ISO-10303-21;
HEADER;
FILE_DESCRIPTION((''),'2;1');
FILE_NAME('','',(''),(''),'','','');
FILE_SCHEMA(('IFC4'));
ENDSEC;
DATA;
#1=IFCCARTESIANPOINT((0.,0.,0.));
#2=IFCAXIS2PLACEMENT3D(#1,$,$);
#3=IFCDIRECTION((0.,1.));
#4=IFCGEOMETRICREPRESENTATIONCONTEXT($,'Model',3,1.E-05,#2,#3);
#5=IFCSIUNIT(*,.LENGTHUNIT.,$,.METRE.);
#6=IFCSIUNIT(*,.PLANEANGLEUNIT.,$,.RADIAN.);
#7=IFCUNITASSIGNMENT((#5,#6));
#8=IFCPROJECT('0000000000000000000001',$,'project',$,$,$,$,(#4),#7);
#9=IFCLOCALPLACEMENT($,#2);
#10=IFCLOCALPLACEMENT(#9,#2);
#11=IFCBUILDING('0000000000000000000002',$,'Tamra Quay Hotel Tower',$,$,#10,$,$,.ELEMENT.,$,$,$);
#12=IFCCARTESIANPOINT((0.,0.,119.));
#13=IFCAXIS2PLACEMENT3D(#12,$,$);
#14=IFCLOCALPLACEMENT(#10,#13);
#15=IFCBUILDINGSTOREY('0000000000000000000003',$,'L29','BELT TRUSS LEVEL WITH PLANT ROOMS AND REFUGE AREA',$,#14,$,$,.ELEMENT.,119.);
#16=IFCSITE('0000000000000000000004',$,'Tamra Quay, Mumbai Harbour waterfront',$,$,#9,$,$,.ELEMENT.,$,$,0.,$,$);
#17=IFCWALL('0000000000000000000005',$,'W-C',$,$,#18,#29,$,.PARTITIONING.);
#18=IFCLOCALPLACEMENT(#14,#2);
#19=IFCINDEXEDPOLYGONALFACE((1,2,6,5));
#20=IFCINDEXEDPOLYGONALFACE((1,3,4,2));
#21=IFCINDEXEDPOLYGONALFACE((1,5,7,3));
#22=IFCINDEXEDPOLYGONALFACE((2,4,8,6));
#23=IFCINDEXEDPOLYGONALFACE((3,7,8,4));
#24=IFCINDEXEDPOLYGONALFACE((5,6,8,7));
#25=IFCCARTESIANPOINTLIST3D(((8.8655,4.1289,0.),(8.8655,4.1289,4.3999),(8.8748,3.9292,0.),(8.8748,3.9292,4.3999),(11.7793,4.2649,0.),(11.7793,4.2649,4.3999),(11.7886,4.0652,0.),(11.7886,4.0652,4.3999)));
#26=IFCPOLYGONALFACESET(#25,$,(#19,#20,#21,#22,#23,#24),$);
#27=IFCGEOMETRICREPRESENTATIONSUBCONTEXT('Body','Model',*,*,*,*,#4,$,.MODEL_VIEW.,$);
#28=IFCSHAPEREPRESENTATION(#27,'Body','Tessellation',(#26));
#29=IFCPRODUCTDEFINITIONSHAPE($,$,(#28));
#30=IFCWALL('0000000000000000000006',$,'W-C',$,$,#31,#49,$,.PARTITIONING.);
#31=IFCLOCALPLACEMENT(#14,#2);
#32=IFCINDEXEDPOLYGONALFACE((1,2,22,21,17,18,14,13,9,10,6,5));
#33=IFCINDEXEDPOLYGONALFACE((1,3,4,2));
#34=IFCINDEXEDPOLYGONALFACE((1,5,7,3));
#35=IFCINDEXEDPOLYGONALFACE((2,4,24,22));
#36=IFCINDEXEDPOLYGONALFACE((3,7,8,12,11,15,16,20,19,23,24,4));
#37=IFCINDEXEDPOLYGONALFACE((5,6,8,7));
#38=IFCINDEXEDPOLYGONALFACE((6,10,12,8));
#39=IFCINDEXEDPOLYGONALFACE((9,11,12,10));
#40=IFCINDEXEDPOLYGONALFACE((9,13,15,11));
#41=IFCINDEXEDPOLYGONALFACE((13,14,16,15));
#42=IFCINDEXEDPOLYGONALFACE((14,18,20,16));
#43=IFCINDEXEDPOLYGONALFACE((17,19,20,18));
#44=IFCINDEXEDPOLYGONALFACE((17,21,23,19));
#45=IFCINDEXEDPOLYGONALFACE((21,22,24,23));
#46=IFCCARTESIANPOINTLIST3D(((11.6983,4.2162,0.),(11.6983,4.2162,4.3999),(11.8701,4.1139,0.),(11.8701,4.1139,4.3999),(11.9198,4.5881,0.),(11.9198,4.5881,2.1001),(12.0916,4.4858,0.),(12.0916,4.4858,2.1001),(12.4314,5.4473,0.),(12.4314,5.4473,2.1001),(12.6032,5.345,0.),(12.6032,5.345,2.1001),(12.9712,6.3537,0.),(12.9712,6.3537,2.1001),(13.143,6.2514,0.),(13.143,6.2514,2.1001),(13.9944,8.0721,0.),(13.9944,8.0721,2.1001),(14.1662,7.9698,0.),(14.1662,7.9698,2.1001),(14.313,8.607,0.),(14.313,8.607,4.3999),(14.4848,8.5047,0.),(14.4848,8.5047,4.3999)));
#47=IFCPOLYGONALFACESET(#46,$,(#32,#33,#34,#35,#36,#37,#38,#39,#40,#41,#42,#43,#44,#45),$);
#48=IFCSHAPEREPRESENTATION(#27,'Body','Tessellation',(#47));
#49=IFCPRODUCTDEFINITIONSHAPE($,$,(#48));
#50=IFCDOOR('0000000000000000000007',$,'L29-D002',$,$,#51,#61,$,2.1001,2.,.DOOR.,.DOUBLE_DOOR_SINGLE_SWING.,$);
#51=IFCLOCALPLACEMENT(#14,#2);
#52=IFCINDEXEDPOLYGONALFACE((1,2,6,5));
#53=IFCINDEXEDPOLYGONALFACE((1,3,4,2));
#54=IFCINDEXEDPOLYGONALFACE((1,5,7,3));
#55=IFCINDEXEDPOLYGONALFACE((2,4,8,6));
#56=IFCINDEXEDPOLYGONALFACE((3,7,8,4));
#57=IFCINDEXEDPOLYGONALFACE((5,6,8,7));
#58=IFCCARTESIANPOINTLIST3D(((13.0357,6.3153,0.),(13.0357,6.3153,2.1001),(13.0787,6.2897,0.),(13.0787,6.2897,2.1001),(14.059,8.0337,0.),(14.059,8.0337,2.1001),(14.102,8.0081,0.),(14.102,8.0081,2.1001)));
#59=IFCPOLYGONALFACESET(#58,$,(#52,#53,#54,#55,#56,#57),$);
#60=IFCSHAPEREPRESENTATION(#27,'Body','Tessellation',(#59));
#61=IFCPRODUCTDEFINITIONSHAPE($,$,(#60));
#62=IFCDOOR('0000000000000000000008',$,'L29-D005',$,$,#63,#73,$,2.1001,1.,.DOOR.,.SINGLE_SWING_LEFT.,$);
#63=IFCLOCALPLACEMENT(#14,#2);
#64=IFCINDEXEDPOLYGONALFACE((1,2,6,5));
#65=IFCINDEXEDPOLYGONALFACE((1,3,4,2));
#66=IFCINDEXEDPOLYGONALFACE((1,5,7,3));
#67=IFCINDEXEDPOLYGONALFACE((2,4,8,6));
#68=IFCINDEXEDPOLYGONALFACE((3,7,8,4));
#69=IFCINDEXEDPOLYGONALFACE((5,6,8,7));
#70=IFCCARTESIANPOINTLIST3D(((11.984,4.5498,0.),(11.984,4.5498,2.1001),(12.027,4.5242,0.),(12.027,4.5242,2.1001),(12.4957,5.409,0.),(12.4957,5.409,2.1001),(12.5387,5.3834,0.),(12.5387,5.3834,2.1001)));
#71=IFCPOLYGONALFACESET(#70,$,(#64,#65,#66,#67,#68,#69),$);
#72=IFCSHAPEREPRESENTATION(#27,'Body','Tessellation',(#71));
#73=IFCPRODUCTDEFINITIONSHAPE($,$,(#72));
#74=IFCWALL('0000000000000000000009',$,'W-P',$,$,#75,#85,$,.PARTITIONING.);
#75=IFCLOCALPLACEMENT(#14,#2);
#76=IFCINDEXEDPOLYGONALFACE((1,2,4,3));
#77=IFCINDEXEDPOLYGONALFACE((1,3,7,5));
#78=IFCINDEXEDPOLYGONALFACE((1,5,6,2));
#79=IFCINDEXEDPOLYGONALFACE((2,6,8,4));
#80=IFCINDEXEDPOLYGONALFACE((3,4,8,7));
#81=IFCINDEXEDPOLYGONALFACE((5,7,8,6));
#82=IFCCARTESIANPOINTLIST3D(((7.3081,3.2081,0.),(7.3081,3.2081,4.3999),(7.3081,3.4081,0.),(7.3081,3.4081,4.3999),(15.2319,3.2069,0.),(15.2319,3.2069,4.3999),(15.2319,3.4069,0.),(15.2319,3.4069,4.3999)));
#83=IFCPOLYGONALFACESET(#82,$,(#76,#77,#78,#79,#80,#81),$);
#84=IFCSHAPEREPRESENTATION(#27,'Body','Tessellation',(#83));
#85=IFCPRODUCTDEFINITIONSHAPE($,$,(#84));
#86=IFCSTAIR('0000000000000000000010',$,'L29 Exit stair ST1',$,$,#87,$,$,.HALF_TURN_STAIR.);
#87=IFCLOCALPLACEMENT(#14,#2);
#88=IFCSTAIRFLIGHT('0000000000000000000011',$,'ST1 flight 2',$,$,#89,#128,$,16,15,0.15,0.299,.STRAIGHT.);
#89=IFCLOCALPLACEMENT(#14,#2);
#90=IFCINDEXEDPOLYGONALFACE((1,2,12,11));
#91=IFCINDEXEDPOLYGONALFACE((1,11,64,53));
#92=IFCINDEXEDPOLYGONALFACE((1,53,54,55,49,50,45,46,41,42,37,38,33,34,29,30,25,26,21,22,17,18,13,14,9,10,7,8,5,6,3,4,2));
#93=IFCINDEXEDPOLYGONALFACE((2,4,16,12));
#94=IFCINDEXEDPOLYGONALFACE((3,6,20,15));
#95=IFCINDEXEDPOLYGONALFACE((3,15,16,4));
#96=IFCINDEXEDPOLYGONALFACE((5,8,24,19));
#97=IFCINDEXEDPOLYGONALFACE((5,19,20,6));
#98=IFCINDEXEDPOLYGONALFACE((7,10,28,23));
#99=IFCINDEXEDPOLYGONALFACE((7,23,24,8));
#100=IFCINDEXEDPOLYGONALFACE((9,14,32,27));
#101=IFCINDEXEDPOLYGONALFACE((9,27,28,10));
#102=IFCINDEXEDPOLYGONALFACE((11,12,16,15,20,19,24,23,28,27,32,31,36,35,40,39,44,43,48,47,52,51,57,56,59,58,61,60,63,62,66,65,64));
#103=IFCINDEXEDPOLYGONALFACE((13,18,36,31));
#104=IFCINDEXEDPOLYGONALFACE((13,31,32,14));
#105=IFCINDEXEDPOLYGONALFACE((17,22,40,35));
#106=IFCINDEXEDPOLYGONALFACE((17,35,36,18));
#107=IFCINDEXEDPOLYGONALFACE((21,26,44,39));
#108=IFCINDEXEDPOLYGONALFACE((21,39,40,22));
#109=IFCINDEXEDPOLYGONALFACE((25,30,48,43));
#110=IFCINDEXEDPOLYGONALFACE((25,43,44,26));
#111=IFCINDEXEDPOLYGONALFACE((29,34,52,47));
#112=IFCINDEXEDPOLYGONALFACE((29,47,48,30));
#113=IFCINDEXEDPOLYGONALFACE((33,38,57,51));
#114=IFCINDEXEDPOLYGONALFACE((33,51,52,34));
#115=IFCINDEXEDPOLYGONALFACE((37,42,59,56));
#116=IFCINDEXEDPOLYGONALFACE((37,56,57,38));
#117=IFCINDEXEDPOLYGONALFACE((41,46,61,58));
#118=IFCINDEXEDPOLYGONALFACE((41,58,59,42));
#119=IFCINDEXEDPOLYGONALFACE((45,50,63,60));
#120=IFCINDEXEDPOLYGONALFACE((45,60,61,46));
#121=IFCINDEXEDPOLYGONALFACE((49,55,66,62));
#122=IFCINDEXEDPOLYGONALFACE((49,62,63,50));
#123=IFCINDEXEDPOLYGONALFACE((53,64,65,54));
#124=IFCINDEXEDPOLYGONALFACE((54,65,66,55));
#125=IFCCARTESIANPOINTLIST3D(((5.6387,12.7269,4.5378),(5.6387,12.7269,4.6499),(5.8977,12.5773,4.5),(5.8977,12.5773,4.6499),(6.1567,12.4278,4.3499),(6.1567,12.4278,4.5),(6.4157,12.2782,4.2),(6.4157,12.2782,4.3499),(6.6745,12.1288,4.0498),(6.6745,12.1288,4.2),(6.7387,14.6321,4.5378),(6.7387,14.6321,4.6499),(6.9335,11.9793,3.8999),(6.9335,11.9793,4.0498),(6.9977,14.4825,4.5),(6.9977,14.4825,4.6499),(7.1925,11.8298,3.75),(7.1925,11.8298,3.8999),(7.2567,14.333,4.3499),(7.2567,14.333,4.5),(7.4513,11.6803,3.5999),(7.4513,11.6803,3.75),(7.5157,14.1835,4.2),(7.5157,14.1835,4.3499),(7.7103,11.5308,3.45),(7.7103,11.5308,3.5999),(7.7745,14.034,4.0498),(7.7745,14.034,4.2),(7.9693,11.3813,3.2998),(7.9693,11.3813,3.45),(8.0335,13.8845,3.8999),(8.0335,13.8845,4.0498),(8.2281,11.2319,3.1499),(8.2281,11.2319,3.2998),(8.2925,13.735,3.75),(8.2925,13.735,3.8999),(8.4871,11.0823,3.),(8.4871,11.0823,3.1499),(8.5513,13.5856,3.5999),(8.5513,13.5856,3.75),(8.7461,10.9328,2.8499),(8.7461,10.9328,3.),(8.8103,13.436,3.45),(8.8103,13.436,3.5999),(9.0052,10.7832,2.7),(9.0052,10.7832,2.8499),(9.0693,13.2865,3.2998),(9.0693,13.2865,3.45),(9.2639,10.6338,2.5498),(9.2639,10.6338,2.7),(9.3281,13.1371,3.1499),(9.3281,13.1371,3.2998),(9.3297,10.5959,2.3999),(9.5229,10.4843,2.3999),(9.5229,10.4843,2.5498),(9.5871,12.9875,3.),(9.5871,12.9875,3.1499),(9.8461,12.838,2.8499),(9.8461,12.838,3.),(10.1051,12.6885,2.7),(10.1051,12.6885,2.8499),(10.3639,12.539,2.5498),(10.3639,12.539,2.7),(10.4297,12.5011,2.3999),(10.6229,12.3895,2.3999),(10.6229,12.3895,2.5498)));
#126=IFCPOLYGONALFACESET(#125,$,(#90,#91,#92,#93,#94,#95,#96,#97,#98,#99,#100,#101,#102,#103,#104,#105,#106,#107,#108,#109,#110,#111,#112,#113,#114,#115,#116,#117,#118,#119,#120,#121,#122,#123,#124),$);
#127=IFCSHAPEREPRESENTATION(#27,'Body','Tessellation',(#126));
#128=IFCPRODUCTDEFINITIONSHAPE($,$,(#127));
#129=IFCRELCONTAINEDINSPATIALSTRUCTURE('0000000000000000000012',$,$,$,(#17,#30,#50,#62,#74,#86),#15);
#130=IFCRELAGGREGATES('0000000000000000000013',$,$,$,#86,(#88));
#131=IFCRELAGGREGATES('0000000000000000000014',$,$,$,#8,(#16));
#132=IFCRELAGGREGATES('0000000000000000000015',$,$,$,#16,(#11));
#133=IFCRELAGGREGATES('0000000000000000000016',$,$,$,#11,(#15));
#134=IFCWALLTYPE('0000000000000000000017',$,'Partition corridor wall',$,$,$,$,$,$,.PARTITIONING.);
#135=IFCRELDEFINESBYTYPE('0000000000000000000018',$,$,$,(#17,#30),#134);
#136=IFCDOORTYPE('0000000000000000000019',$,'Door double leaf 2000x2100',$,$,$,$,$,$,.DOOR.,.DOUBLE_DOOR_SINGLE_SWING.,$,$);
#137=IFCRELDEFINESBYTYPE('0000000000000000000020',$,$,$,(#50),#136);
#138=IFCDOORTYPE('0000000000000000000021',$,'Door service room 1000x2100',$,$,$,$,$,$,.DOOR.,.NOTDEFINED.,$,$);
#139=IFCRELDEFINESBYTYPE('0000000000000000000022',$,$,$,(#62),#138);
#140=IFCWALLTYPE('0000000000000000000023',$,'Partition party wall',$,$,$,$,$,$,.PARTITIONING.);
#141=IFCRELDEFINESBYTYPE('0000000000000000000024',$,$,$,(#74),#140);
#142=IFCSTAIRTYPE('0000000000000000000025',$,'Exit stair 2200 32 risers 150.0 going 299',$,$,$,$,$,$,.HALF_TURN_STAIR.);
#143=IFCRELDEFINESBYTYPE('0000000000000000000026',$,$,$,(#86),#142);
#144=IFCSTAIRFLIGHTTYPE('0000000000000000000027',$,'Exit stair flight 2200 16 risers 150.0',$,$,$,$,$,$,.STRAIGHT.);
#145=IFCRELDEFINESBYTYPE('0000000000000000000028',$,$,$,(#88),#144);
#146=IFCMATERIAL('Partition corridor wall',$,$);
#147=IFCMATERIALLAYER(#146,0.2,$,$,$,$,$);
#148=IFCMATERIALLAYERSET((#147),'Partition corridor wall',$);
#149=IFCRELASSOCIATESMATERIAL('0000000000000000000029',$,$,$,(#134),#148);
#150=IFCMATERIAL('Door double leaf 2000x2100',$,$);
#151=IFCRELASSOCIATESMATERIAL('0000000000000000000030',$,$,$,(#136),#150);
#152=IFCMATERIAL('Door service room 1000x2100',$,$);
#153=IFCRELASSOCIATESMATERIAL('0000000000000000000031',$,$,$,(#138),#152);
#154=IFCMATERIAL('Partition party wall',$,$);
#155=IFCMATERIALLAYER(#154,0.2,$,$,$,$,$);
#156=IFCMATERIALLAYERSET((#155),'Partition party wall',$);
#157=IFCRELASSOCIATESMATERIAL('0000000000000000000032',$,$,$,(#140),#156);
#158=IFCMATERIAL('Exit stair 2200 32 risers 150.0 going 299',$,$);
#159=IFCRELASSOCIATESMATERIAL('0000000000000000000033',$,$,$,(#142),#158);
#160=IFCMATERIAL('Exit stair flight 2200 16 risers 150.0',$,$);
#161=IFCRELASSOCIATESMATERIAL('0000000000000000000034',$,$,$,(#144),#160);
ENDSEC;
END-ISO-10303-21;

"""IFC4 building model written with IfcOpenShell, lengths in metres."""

from ifc_helpers import new_model, si_unit, direction, frame, frame_2d, origin, place, context, subcontext, project, spatial, polyline, rectangle, outline, extrude, material, layer, layer_set, type_object, element, fill, aggregate, save


model = new_model("IFC4")

# Units and contexts
model_context = context("Model", 3, precision=1e-05, world=origin(), true_north=direction((0.0, 1.0)))
body_context = subcontext(model_context, "Body", "Model", "MODEL_VIEW")
ifc_project = project(units=[si_unit("LENGTHUNIT", "METRE"), si_unit("PLANEANGLEUNIT", "RADIAN")], contexts=[model_context])

# Site, building, storey
site_placement = place(None, origin())
site = spatial("IfcSite", under=ifc_project, at=site_placement, Name="Tamra Quay, Mumbai Harbour waterfront", CompositionType="ELEMENT", RefElevation=0.0)
building_placement = place(site_placement, origin())
building = spatial("IfcBuilding", under=site, at=building_placement, Name="Tamra Quay Hotel Tower", CompositionType="ELEMENT")
storey_placement = place(building_placement, frame((0.0, 0.0, 119.0)))
storey = spatial("IfcBuildingStorey", under=building, at=storey_placement, Name="L29", Description="BELT TRUSS LEVEL WITH PLANT ROOMS AND REFUGE AREA", CompositionType="ELEMENT", Elevation=119.0)

# Wall
ifc_material_1 = material(Name="Partition corridor wall")
ifc_layer_1 = layer(ifc_material_1, 0.2)
ifc_layer_set_1 = layer_set([ifc_layer_1], Name="Partition corridor wall")
wall_type_1 = type_object("IfcWallType", Name="Partition corridor wall", PredefinedType="PARTITIONING", material=ifc_layer_set_1)
wall_1_placement = place(storey_placement, frame((8.8701, 4.0291, 0.0), z_axis=(0.0, 0.0, 1.0), x_axis=(0.998913, 0.046619, 0.0)))
element("IfcWall", 1, at=wall_1_placement, inside=storey, type_object=wall_type_1, Name="W-C", PredefinedType="PARTITIONING", context=body_context, shape_type="SweptSolid", body=[
    extrude(rectangle(XDim=2.917, YDim=0.2, at=frame_2d((1.4585, 0.0))), origin(), (0.0, 0.0, 1.0), 4.3999),
])

# Wall, openings, doors
wall_2_placement = place(storey_placement, frame((11.7842, 4.165, 0.0), z_axis=(0.0, 0.0, 1.0), x_axis=(0.511648, 0.859195, 0.0)))
wall_2 = element("IfcWall", 2, at=wall_2_placement, inside=storey, type_object=wall_type_1, Name="W-C", PredefinedType="PARTITIONING", context=body_context, shape_type="SweptSolid", body=[
    extrude(rectangle(XDim=5.1104, YDim=0.2, at=frame_2d((2.5552, 0.0))), origin(), (0.0, 0.0, 1.0), 4.3999),
])
opening_1_placement = place(wall_2_placement, frame((2.4878, 0.0, 0.0)))
opening_1 = element("IfcOpeningElement", 3, at=opening_1_placement, cuts=wall_2, PredefinedType="OPENING", context=body_context, shape_type="SweptSolid", body=[
    extrude(rectangle(XDim=2.0, YDim=2.1001, at=frame_2d((1.0, 1.05))), frame((0.0, 0.1099, 0.0), z_axis=(0.0, -1.0, 0.0), x_axis=(1.0, 0.0, 0.0)), (0.0, 0.0, 1.0), 0.22),
])
opening_2_placement = place(wall_2_placement, frame((0.4329, 0.0, 0.0)))
opening_2 = element("IfcOpeningElement", 4, at=opening_2_placement, cuts=wall_2, PredefinedType="OPENING", context=body_context, shape_type="SweptSolid", body=[
    extrude(rectangle(XDim=1.0, YDim=2.1001, at=frame_2d((0.5, 1.05))), frame((0.0, 0.1099, 0.0), z_axis=(0.0, -1.0, 0.0), x_axis=(1.0, 0.0, 0.0)), (0.0, 0.0, 1.0), 0.22),
])
ifc_material_2 = material(Name="Door double leaf 2000x2100")
door_type_1 = type_object("IfcDoorType", Name="Door double leaf 2000x2100", OperationType="DOUBLE_DOOR_SINGLE_SWING", PredefinedType="DOOR", material=ifc_material_2)
door_1_placement = place(opening_1_placement, origin())
door_1 = element("IfcDoor", 5, at=door_1_placement, inside=storey, type_object=door_type_1, Name="L29-D002", OperationType="DOUBLE_DOOR_SINGLE_SWING", OverallHeight=2.1001, OverallWidth=2.0, PredefinedType="DOOR", context=body_context, shape_type="SweptSolid", body=[
    extrude(rectangle(XDim=2.0, YDim=2.1001, at=frame_2d((1.0, 1.05))), frame((0.0, 0.0249, 0.0), z_axis=(0.0, -1.0, 0.0), x_axis=(1.0, 0.0, 0.0)), (0.0, 0.0, 1.0), 0.05),
])
fill(opening_1, door_1)
ifc_material_3 = material(Name="Door service room 1000x2100")
door_type_2 = type_object("IfcDoorType", Name="Door service room 1000x2100", OperationType="NOTDEFINED", PredefinedType="DOOR", material=ifc_material_3)
door_2_placement = place(opening_2_placement, frame((1.0, 0.0, 0.0), z_axis=(0.0, 0.0, 1.0), x_axis=(-1.0, 0.0, 0.0)))
door_2 = element("IfcDoor", 6, at=door_2_placement, inside=storey, type_object=door_type_2, Name="L29-D005", OperationType="SINGLE_SWING_LEFT", OverallHeight=2.1001, OverallWidth=1.0, PredefinedType="DOOR", context=body_context, shape_type="SweptSolid", body=[
    extrude(rectangle(XDim=1.0, YDim=2.1001, at=frame_2d((0.5, 1.05))), frame((0.0, 0.0249, 0.0), z_axis=(0.0, -1.0, 0.0), x_axis=(1.0, 0.0, 0.0)), (0.0, 0.0, 1.0), 0.05),
])
fill(opening_2, door_2)

# Wall
ifc_material_4 = material(Name="Partition party wall")
ifc_layer_2 = layer(ifc_material_4, 0.2)
ifc_layer_set_2 = layer_set([ifc_layer_2], Name="Partition party wall")
wall_type_2 = type_object("IfcWallType", Name="Partition party wall", PredefinedType="PARTITIONING", material=ifc_layer_set_2)
wall_3_placement = place(storey_placement, frame((7.3081, 3.3081, 0.0), z_axis=(0.0, 0.0, 1.0), x_axis=(1.0, -0.000154, 0.0)))
element("IfcWall", 7, at=wall_3_placement, inside=storey, type_object=wall_type_2, Name="W-P", PredefinedType="PARTITIONING", context=body_context, shape_type="SweptSolid", body=[
    extrude(rectangle(XDim=7.9238, YDim=0.2, at=frame_2d((3.9619, 0.0))), origin(), (0.0, 0.0, 1.0), 4.3999),
])

# Stair, stair flight
ifc_material_5 = material(Name="Exit stair 2200 32 risers 150.0 going 299")
stair_type = type_object("IfcStairType", Name="Exit stair 2200 32 risers 150.0 going 299", PredefinedType="HALF_TURN_STAIR", material=ifc_material_5)
stair_placement = place(storey_placement, origin())
stair = element("IfcStair", 8, at=stair_placement, inside=storey, type_object=stair_type, Name="L29 Exit stair ST1", PredefinedType="HALF_TURN_STAIR")
ifc_material_6 = material(Name="Exit stair flight 2200 16 risers 150.0")
stair_flight_type = type_object("IfcStairFlightType", Name="Exit stair flight 2200 16 risers 150.0", PredefinedType="STRAIGHT", material=ifc_material_6)
stair_flight_placement = place(storey_placement, frame((10.073, 11.437, 2.3999), z_axis=(0.0, 0.0, 1.0), x_axis=(-0.866025, 0.5, 0.0)))
stair_flight = element("IfcStairFlight", 9, at=stair_flight_placement, type_object=stair_flight_type, Name="ST1 flight 2", NumberOfRisers=16, NumberOfTreads=15, PredefinedType="STRAIGHT", RiserHeight=0.15, TreadLength=0.299, context=body_context, shape_type="SweptSolid", body=[
    extrude(outline(polyline([(0.0, 0.0), (0.0, 0.1499), (0.2991, 0.1499), (0.2991, 0.3), (0.5979, 0.3), (0.5979, 0.45), (0.897, 0.45), (0.897, 0.6001), (1.196, 0.6001), (1.196, 0.75), (1.4951, 0.75), (1.4951, 0.8999), (1.7939, 0.8999), (1.7939, 1.05), (2.093, 1.05), (2.093, 1.2), (2.3921, 1.2), (2.3921, 1.3501), (2.6909, 1.3501), (2.6909, 1.5), (2.99, 1.5), (2.99, 1.6499), (3.2891, 1.6499), (3.2891, 1.8), (3.5879, 1.8), (3.5879, 1.95), (3.887, 1.95), (3.887, 2.1001), (4.186, 2.1001), (4.186, 2.25), (4.4851, 2.25), (4.4851, 2.3999), (4.4851, 2.1379), (0.2231, 0.0), (0.0, 0.0)])), frame((0.0, 1.1001, 0.0), z_axis=(0.0, -1.0, 0.0), x_axis=(1.0, 0.0, 0.0)), (0.0, 0.0, 1.0), 2.2),
])
aggregate(stair, [stair_flight])

save(model, "model.ifc")
